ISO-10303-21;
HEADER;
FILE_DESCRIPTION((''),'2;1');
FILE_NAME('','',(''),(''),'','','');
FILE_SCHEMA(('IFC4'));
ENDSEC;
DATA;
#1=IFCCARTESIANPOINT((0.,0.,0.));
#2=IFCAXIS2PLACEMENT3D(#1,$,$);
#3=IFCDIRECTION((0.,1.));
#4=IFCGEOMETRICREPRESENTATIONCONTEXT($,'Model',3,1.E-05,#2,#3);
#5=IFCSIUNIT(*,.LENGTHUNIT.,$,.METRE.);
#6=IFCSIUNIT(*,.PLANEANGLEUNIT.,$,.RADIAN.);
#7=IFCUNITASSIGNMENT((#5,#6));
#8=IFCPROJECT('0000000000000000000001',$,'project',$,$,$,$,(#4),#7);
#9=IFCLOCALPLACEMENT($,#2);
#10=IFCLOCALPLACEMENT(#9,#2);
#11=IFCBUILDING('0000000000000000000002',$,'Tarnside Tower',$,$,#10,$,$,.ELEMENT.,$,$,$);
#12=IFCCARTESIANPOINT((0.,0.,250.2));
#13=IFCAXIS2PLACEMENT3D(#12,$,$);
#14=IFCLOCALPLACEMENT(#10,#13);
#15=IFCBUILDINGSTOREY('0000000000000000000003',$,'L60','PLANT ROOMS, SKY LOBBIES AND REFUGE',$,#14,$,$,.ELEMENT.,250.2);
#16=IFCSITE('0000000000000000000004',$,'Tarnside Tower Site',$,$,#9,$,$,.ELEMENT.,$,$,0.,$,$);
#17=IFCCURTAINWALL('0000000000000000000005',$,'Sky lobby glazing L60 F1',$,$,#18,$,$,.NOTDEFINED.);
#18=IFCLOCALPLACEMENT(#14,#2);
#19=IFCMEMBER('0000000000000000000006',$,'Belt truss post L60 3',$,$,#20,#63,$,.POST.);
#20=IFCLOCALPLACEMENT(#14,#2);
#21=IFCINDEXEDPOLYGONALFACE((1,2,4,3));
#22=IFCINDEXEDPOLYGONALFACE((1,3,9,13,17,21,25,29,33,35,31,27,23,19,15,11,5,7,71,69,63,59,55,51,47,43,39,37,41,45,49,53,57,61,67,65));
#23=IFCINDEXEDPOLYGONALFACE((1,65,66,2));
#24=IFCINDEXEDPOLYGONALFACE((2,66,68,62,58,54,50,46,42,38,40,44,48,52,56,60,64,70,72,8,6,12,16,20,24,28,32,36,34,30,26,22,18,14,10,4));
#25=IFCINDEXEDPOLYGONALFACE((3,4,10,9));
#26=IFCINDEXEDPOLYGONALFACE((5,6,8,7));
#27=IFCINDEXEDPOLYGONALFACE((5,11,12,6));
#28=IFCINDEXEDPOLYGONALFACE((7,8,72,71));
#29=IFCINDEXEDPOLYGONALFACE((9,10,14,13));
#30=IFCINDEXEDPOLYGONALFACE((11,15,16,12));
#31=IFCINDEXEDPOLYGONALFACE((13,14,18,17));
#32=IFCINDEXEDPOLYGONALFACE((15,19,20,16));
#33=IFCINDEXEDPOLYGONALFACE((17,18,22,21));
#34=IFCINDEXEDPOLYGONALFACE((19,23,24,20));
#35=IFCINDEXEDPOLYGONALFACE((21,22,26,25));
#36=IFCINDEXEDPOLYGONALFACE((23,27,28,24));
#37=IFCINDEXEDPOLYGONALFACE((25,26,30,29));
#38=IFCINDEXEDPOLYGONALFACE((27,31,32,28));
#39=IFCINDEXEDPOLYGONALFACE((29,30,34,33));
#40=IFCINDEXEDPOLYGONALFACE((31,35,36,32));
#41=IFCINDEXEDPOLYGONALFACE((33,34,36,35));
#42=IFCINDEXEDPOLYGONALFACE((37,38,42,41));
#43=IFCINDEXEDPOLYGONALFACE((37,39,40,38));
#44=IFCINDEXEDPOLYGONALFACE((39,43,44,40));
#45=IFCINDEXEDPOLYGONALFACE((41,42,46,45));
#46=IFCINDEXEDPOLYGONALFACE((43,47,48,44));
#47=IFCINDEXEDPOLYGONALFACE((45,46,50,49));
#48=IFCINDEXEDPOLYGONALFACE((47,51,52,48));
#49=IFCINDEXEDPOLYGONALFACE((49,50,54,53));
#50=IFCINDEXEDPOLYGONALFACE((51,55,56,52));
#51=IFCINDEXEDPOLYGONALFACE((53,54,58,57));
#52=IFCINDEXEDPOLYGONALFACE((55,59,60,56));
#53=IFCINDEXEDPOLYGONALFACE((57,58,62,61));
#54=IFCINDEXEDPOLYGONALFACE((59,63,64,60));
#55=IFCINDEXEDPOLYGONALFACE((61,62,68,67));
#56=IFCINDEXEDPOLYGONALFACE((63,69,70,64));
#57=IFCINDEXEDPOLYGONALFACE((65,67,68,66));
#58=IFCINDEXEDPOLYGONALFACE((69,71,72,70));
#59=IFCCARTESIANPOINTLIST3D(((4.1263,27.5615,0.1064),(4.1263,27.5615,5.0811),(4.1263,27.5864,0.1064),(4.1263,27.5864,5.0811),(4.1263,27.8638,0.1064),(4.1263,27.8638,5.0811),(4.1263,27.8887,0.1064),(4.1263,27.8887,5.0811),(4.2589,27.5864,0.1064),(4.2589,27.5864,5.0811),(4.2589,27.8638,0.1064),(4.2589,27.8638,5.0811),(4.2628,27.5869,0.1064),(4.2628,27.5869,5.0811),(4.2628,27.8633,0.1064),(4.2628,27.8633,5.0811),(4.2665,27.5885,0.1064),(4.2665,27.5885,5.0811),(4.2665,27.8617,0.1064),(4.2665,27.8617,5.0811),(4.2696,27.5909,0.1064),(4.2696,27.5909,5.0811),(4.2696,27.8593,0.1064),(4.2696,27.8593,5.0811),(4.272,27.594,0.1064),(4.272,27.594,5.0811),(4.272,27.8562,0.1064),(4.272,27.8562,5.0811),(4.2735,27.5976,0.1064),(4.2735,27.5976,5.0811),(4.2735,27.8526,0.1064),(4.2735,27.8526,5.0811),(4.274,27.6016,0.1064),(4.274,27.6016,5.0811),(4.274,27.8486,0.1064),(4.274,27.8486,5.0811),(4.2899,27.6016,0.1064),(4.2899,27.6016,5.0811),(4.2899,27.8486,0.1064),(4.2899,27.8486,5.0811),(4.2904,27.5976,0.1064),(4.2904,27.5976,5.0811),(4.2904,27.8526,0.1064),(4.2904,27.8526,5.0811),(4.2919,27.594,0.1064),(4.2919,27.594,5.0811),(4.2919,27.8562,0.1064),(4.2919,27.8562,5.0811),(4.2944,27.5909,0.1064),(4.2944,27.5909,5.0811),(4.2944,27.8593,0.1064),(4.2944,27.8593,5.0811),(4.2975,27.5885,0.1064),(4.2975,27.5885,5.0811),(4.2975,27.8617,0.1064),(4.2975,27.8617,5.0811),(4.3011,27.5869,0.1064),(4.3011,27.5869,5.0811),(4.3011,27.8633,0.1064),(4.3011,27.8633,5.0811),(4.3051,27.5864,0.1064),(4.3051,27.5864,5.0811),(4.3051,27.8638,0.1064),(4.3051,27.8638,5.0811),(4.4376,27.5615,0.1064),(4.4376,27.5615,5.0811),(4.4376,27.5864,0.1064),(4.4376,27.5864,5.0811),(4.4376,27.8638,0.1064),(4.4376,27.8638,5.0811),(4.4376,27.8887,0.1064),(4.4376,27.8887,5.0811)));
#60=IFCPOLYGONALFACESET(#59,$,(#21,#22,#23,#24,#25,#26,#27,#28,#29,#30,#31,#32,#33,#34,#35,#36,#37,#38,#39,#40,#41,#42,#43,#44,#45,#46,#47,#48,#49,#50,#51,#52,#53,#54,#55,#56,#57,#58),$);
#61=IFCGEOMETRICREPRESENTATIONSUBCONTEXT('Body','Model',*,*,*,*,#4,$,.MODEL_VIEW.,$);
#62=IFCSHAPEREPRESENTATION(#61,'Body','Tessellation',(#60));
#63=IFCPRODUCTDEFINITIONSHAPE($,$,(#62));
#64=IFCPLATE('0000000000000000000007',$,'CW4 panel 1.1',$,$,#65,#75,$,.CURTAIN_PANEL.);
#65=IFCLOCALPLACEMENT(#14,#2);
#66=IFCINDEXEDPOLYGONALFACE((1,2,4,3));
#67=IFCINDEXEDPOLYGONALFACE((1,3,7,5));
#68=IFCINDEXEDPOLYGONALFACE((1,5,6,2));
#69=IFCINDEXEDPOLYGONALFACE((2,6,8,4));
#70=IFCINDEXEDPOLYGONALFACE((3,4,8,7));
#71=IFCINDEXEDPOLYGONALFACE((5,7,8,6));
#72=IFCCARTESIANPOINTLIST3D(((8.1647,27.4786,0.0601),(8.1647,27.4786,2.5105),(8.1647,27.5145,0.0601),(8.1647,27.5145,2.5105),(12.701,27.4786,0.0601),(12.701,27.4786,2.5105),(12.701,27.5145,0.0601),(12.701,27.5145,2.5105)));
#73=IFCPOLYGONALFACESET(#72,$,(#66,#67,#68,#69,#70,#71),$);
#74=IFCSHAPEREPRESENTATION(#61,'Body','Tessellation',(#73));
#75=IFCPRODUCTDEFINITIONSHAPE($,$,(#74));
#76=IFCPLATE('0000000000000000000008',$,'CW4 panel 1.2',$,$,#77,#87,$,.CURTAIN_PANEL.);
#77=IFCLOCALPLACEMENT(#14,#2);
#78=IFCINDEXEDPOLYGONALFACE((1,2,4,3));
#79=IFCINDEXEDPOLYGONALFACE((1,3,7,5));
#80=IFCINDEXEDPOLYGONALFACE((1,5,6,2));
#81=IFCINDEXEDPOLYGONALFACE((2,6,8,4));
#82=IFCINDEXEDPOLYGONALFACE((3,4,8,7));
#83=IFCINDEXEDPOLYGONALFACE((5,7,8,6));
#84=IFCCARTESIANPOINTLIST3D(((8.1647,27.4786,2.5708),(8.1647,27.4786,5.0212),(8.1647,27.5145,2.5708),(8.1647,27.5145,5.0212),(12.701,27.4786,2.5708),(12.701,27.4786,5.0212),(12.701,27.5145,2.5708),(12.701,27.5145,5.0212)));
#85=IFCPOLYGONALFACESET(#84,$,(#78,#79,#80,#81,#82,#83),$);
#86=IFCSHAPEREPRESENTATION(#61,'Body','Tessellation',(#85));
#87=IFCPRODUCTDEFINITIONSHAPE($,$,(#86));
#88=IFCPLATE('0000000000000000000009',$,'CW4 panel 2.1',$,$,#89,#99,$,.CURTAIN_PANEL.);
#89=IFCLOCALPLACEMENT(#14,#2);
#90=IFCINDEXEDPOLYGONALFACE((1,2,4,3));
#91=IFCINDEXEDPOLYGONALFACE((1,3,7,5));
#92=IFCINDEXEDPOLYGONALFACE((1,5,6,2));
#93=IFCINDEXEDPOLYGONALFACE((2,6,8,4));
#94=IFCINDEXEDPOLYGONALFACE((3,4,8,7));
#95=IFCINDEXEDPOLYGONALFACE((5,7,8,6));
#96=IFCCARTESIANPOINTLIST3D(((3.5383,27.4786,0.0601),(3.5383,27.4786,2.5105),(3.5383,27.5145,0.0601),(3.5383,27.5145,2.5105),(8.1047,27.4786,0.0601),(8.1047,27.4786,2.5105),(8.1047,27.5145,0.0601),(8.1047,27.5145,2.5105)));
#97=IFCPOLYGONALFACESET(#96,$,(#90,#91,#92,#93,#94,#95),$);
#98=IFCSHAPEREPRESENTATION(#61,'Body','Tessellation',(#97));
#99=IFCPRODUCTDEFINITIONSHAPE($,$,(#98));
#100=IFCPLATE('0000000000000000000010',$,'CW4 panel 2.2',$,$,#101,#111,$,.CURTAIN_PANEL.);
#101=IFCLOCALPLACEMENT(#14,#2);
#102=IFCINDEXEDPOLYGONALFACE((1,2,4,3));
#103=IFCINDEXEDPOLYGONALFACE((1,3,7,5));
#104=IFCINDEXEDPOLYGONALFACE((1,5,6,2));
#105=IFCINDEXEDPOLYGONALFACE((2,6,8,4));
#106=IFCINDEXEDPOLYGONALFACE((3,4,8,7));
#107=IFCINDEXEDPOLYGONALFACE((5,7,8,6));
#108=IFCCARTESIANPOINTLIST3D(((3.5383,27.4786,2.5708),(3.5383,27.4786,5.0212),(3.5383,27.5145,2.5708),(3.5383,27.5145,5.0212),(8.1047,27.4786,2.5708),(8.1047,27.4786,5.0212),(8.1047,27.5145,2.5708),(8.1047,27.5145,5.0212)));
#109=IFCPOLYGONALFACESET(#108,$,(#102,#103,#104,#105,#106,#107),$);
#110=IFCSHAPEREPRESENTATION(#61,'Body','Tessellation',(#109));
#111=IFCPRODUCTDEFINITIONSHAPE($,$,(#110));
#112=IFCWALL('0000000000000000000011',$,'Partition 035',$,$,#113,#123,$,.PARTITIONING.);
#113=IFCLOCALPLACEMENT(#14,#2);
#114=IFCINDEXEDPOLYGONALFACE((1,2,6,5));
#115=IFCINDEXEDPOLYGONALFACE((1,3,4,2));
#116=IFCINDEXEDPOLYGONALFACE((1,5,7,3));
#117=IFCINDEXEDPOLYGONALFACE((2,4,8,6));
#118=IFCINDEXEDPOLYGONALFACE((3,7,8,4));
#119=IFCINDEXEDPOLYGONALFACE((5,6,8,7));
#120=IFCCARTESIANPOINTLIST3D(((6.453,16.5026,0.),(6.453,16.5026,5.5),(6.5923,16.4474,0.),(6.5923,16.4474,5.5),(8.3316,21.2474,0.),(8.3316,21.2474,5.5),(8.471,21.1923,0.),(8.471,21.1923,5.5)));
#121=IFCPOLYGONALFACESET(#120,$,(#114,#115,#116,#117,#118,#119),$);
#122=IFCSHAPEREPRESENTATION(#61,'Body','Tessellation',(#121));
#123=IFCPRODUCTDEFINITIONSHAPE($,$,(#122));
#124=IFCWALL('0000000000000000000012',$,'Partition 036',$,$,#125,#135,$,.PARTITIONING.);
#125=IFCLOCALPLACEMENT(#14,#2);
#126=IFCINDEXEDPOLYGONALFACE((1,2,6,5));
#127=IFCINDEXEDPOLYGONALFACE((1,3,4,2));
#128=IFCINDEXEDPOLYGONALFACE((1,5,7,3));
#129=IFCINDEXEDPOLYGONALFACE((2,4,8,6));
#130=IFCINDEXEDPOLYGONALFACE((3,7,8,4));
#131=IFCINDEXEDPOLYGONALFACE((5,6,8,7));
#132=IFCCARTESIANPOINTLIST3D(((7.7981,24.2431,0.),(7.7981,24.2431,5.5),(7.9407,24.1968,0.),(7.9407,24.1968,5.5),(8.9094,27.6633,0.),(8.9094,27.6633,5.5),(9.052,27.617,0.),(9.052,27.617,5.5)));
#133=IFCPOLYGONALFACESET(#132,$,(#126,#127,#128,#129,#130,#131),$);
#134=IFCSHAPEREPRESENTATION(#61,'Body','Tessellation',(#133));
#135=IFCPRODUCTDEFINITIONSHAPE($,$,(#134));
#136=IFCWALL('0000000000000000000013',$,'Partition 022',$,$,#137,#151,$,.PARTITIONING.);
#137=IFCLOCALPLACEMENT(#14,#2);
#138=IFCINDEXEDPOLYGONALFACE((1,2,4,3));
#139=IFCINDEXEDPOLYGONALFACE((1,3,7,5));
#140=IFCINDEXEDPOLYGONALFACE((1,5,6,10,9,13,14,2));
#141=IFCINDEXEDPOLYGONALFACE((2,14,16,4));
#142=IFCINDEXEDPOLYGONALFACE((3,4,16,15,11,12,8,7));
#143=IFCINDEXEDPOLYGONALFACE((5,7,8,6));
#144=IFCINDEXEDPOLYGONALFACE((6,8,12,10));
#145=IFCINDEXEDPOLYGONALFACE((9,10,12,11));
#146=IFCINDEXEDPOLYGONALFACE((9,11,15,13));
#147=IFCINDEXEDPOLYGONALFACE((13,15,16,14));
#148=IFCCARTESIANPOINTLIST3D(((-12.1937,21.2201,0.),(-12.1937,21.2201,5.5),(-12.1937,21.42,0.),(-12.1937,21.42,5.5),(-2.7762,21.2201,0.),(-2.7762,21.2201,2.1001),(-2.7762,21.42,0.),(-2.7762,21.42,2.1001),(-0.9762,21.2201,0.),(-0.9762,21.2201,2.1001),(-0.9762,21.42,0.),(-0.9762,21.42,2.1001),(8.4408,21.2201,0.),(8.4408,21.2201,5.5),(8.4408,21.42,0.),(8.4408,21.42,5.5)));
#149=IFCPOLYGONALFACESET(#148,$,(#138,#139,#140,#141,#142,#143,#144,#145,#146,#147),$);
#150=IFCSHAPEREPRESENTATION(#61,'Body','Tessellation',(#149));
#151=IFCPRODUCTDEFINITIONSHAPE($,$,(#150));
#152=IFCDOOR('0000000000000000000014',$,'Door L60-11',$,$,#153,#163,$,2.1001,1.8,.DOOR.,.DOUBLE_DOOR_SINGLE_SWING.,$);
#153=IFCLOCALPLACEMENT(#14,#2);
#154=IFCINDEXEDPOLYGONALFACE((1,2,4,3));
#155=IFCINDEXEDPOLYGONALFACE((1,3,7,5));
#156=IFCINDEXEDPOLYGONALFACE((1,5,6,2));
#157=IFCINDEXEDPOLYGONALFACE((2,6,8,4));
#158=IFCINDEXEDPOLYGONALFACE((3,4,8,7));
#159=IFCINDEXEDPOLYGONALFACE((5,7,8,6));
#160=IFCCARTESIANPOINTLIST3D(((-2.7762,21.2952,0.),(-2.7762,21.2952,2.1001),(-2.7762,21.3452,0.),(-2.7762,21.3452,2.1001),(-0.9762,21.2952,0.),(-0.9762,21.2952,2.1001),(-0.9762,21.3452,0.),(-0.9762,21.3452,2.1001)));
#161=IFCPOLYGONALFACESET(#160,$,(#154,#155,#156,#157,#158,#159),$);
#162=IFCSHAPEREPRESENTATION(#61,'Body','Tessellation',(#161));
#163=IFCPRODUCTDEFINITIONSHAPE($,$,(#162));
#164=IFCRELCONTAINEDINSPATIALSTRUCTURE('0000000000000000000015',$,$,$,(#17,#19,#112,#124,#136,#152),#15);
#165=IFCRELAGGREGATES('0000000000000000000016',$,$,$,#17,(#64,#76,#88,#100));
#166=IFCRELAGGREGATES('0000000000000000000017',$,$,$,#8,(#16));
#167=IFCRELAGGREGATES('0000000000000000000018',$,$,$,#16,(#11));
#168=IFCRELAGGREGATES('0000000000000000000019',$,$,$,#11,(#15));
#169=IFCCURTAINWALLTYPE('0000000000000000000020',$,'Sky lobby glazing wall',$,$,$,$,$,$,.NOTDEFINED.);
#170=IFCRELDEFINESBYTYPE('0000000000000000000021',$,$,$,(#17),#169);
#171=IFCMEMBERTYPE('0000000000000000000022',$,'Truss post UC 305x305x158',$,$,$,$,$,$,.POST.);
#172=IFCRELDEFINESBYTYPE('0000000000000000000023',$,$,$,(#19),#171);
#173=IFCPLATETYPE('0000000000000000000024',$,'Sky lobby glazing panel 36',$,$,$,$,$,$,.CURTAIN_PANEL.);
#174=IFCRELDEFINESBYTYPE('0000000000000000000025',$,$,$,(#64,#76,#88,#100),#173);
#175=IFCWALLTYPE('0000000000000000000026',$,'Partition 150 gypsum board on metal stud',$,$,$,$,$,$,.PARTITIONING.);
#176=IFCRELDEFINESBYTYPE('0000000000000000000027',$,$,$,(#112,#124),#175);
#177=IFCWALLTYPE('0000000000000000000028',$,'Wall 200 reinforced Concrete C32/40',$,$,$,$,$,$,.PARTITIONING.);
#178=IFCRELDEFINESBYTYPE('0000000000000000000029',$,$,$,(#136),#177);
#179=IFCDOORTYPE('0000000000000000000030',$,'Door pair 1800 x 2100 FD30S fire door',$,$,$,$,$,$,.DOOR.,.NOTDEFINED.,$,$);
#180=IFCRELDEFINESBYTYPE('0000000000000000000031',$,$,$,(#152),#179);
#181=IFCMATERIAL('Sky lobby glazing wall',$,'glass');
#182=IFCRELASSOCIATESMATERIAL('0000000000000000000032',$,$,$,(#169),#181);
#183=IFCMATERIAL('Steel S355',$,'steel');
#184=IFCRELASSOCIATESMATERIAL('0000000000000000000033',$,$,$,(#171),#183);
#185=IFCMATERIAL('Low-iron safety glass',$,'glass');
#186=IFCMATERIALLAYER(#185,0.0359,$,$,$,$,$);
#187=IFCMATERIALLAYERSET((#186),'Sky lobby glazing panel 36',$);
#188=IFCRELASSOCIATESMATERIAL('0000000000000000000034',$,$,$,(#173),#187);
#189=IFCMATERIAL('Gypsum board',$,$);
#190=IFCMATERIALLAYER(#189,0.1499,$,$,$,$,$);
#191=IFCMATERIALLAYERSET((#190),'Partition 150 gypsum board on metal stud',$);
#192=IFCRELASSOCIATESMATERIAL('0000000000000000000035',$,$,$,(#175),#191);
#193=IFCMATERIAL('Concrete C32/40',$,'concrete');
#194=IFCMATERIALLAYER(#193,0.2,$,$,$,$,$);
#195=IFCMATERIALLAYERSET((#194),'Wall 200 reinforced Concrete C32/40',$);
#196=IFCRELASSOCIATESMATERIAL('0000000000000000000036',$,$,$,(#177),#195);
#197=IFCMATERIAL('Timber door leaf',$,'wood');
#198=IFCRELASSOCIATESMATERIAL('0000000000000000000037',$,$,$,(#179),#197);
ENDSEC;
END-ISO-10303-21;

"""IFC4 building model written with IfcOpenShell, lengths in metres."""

from ifc_helpers import new_model, si_unit, direction, frame, frame_2d, origin, origin_2d, place, context, subcontext, project, spatial, rectangle, i_section, extrude, material, layer, layer_set, material_profile, profile_set, type_object, element, fill, aggregate, save


model = new_model("IFC4")

# Units and contexts
model_context = context("Model", 3, precision=1e-05, world=origin(), true_north=direction((0.0, 1.0)))
body_context = subcontext(model_context, "Body", "Model", "MODEL_VIEW")
ifc_project = project(units=[si_unit("LENGTHUNIT", "METRE"), si_unit("PLANEANGLEUNIT", "RADIAN")], contexts=[model_context])

# Site, building, storey
site_placement = place(None, origin())
site = spatial("IfcSite", under=ifc_project, at=site_placement, Name="Tarnside Tower Site", CompositionType="ELEMENT", RefElevation=0.0)
building_placement = place(site_placement, origin())
building = spatial("IfcBuilding", under=site, at=building_placement, Name="Tarnside Tower", CompositionType="ELEMENT")
storey_placement = place(building_placement, frame((0.0, 0.0, 250.2)))
storey = spatial("IfcBuildingStorey", under=building, at=storey_placement, Name="L60", Description="PLANT ROOMS, SKY LOBBIES AND REFUGE", CompositionType="ELEMENT", Elevation=250.2)

# Shared definitions
ifc_material_1 = material(Name="Steel S355", Category="steel")

# Curtain wall
ifc_material_2 = material(Name="Sky lobby glazing wall", Category="glass")
curtain_wall_type = type_object("IfcCurtainWallType", Name="Sky lobby glazing wall", PredefinedType="NOTDEFINED", material=ifc_material_2)
curtain_wall_placement = place(storey_placement, origin())
curtain_wall = element("IfcCurtainWall", 1, at=curtain_wall_placement, inside=storey, type_object=curtain_wall_type, Name="Sky lobby glazing L60 F1", PredefinedType="NOTDEFINED")

# Member
ifc_material_profile_1 = material_profile(ifc_material_1, i_section(OverallWidth=0.3113, OverallDepth=0.3271, WebThickness=0.0159, FlangeThickness=0.0249, FilletRadius=0.0151, at=origin_2d()), Name="UC 305x305x158")
ifc_profile_set_1 = profile_set([ifc_material_profile_1], Name="Steel S355")
member_type_1 = type_object("IfcMemberType", Name="Truss post UC 305x305x158", PredefinedType="POST", material=ifc_profile_set_1)
for number, where, z_axis, x_axis, name in (
    (2, (4.282, 27.7251, 0.1064), (0.0, 0.0, 1.0), (-1.0, 0.0, 0.0), "Belt truss post L60 3"),
):
    element("IfcMember", number, at=place(storey_placement, frame(where, z_axis=z_axis, x_axis=x_axis)), inside=storey, type_object=member_type_1, Name=name, PredefinedType="POST", context=body_context, shape_type="SweptSolid", body=[
        extrude(i_section(OverallWidth=0.3113, OverallDepth=0.3271, WebThickness=0.0159, FlangeThickness=0.0249, FilletRadius=0.0151, at=origin_2d()), origin(), (0.0, 0.0, 1.0), 4.9746),
    ])

# Plates
ifc_material_3 = material(Name="Low-iron safety glass", Category="glass")
ifc_layer_1 = layer(ifc_material_3, 0.0359)
ifc_layer_set_1 = layer_set([ifc_layer_1], Name="Sky lobby glazing panel 36")
plate_type = type_object("IfcPlateType", Name="Sky lobby glazing panel 36", PredefinedType="CURTAIN_PANEL", material=ifc_layer_set_1)
plate_1_placement = place(storey_placement, frame((10.4329, 27.4966, 0.0601), z_axis=(0.0, 0.0, 1.0), x_axis=(-1.0, 0.0, 0.0)))
plate_1 = element("IfcPlate", 3, at=plate_1_placement, type_object=plate_type, Name="CW4 panel 1.1", PredefinedType="CURTAIN_PANEL", context=body_context, shape_type="SweptSolid", body=[
    extrude(rectangle(XDim=4.5364, YDim=0.0359, at=origin_2d()), origin(), (0.0, 0.0, 1.0), 2.4504),
])
plate_2_placement = place(storey_placement, frame((10.4329, 27.4966, 2.5708), z_axis=(0.0, 0.0, 1.0), x_axis=(-1.0, 0.0, 0.0)))
plate_2 = element("IfcPlate", 4, at=plate_2_placement, type_object=plate_type, Name="CW4 panel 1.2", PredefinedType="CURTAIN_PANEL", context=body_context, shape_type="SweptSolid", body=[
    extrude(rectangle(XDim=4.5364, YDim=0.0359, at=origin_2d()), origin(), (0.0, 0.0, 1.0), 2.4504),
])
plate_3_placement = place(storey_placement, frame((5.8215, 27.4966, 0.0601), z_axis=(0.0, 0.0, 1.0), x_axis=(-1.0, 0.0, 0.0)))
plate_3 = element("IfcPlate", 5, at=plate_3_placement, type_object=plate_type, Name="CW4 panel 2.1", PredefinedType="CURTAIN_PANEL", context=body_context, shape_type="SweptSolid", body=[
    extrude(rectangle(XDim=4.5664, YDim=0.0359, at=origin_2d()), origin(), (0.0, 0.0, 1.0), 2.4504),
])
plate_4_placement = place(storey_placement, frame((5.8215, 27.4966, 2.5708), z_axis=(0.0, 0.0, 1.0), x_axis=(-1.0, 0.0, 0.0)))
plate_4 = element("IfcPlate", 6, at=plate_4_placement, type_object=plate_type, Name="CW4 panel 2.2", PredefinedType="CURTAIN_PANEL", context=body_context, shape_type="SweptSolid", body=[
    extrude(rectangle(XDim=4.5664, YDim=0.0359, at=origin_2d()), origin(), (0.0, 0.0, 1.0), 2.4504),
])
aggregate(curtain_wall, [plate_1, plate_2, plate_3, plate_4])

# Walls
ifc_material_4 = material(Name="Gypsum board")
ifc_layer_2 = layer(ifc_material_4, 0.1499)
ifc_layer_set_2 = layer_set([ifc_layer_2], Name="Partition 150 gypsum board on metal stud")
wall_type_1 = type_object("IfcWallType", Name="Partition 150 gypsum board on metal stud", PredefinedType="PARTITIONING", material=ifc_layer_set_2)
wall_1_placement = place(storey_placement, frame((8.4014, 21.22, 0.0), z_axis=(0.0, 0.0, 1.0), x_axis=(-0.36813, -0.929774, 0.0)))
element("IfcWall", 7, at=wall_1_placement, inside=storey, type_object=wall_type_1, Name="Partition 035", PredefinedType="PARTITIONING", context=body_context, shape_type="SweptSolid", body=[
    extrude(rectangle(XDim=5.1033, YDim=0.1499, at=frame_2d((2.5518, 0.0))), origin(), (0.0, 0.0, 1.0), 5.5),
])
wall_2_placement = place(storey_placement, frame((8.9807, 27.6401, 0.0), z_axis=(0.0, 0.0, 1.0), x_axis=(-0.309029, -0.951053, 0.0)))
element("IfcWall", 8, at=wall_2_placement, inside=storey, type_object=wall_type_1, Name="Partition 036", PredefinedType="PARTITIONING", context=body_context, shape_type="SweptSolid", body=[
    extrude(rectangle(XDim=3.5962, YDim=0.1499, at=frame_2d((1.7981, 0.0))), origin(), (0.0, 0.0, 1.0), 5.5),
])

# Wall, opening, door
ifc_material_5 = material(Name="Concrete C32/40", Category="concrete")
ifc_layer_3 = layer(ifc_material_5, 0.2)
ifc_layer_set_3 = layer_set([ifc_layer_3], Name="Wall 200 reinforced Concrete C32/40")
wall_type_2 = type_object("IfcWallType", Name="Wall 200 reinforced Concrete C32/40", PredefinedType="PARTITIONING", material=ifc_layer_set_3)
wall_3_placement = place(storey_placement, frame((8.4409, 21.3201, 0.0), z_axis=(0.0, 0.0, 1.0), x_axis=(-1.0, 0.0, 0.0)))
wall_3 = element("IfcWall", 9, at=wall_3_placement, inside=storey, type_object=wall_type_2, Name="Partition 022", PredefinedType="PARTITIONING", context=body_context, shape_type="SweptSolid", body=[
    extrude(rectangle(XDim=20.6345, YDim=0.2, at=frame_2d((10.3174, 0.0))), origin(), (0.0, 0.0, 1.0), 5.5),
])
opening_1_placement = place(wall_3_placement, frame((9.4172, 0.0, 0.0)))
opening_1 = element("IfcOpeningElement", 10, at=opening_1_placement, cuts=wall_3, PredefinedType="OPENING", context=body_context, shape_type="SweptSolid", body=[
    extrude(rectangle(XDim=1.8, YDim=2.1001, at=frame_2d((0.8999, 1.05))), frame((0.0, 0.1099, 0.0), z_axis=(0.0, -1.0, 0.0), x_axis=(1.0, 0.0, 0.0)), (0.0, 0.0, 1.0), 0.22),
])
ifc_material_6 = material(Name="Timber door leaf", Category="wood")
door_type_1 = type_object("IfcDoorType", Name="Door pair 1800 x 2100 FD30S fire door", OperationType="NOTDEFINED", PredefinedType="DOOR", material=ifc_material_6)
door_1_placement = place(opening_1_placement, origin())
door_1 = element("IfcDoor", 11, at=door_1_placement, inside=storey, type_object=door_type_1, Name="Door L60-11", OperationType="DOUBLE_DOOR_SINGLE_SWING", OverallHeight=2.1001, OverallWidth=1.8, PredefinedType="DOOR", context=body_context, shape_type="SweptSolid", body=[
    extrude(rectangle(XDim=1.8, YDim=2.1001, at=frame_2d((0.8999, 1.05))), frame((0.0, 0.0249, 0.0), z_axis=(0.0, -1.0, 0.0), x_axis=(1.0, 0.0, 0.0)), (0.0, 0.0, 1.0), 0.05),
])
fill(opening_1, door_1)

save(model, "model.ifc")
